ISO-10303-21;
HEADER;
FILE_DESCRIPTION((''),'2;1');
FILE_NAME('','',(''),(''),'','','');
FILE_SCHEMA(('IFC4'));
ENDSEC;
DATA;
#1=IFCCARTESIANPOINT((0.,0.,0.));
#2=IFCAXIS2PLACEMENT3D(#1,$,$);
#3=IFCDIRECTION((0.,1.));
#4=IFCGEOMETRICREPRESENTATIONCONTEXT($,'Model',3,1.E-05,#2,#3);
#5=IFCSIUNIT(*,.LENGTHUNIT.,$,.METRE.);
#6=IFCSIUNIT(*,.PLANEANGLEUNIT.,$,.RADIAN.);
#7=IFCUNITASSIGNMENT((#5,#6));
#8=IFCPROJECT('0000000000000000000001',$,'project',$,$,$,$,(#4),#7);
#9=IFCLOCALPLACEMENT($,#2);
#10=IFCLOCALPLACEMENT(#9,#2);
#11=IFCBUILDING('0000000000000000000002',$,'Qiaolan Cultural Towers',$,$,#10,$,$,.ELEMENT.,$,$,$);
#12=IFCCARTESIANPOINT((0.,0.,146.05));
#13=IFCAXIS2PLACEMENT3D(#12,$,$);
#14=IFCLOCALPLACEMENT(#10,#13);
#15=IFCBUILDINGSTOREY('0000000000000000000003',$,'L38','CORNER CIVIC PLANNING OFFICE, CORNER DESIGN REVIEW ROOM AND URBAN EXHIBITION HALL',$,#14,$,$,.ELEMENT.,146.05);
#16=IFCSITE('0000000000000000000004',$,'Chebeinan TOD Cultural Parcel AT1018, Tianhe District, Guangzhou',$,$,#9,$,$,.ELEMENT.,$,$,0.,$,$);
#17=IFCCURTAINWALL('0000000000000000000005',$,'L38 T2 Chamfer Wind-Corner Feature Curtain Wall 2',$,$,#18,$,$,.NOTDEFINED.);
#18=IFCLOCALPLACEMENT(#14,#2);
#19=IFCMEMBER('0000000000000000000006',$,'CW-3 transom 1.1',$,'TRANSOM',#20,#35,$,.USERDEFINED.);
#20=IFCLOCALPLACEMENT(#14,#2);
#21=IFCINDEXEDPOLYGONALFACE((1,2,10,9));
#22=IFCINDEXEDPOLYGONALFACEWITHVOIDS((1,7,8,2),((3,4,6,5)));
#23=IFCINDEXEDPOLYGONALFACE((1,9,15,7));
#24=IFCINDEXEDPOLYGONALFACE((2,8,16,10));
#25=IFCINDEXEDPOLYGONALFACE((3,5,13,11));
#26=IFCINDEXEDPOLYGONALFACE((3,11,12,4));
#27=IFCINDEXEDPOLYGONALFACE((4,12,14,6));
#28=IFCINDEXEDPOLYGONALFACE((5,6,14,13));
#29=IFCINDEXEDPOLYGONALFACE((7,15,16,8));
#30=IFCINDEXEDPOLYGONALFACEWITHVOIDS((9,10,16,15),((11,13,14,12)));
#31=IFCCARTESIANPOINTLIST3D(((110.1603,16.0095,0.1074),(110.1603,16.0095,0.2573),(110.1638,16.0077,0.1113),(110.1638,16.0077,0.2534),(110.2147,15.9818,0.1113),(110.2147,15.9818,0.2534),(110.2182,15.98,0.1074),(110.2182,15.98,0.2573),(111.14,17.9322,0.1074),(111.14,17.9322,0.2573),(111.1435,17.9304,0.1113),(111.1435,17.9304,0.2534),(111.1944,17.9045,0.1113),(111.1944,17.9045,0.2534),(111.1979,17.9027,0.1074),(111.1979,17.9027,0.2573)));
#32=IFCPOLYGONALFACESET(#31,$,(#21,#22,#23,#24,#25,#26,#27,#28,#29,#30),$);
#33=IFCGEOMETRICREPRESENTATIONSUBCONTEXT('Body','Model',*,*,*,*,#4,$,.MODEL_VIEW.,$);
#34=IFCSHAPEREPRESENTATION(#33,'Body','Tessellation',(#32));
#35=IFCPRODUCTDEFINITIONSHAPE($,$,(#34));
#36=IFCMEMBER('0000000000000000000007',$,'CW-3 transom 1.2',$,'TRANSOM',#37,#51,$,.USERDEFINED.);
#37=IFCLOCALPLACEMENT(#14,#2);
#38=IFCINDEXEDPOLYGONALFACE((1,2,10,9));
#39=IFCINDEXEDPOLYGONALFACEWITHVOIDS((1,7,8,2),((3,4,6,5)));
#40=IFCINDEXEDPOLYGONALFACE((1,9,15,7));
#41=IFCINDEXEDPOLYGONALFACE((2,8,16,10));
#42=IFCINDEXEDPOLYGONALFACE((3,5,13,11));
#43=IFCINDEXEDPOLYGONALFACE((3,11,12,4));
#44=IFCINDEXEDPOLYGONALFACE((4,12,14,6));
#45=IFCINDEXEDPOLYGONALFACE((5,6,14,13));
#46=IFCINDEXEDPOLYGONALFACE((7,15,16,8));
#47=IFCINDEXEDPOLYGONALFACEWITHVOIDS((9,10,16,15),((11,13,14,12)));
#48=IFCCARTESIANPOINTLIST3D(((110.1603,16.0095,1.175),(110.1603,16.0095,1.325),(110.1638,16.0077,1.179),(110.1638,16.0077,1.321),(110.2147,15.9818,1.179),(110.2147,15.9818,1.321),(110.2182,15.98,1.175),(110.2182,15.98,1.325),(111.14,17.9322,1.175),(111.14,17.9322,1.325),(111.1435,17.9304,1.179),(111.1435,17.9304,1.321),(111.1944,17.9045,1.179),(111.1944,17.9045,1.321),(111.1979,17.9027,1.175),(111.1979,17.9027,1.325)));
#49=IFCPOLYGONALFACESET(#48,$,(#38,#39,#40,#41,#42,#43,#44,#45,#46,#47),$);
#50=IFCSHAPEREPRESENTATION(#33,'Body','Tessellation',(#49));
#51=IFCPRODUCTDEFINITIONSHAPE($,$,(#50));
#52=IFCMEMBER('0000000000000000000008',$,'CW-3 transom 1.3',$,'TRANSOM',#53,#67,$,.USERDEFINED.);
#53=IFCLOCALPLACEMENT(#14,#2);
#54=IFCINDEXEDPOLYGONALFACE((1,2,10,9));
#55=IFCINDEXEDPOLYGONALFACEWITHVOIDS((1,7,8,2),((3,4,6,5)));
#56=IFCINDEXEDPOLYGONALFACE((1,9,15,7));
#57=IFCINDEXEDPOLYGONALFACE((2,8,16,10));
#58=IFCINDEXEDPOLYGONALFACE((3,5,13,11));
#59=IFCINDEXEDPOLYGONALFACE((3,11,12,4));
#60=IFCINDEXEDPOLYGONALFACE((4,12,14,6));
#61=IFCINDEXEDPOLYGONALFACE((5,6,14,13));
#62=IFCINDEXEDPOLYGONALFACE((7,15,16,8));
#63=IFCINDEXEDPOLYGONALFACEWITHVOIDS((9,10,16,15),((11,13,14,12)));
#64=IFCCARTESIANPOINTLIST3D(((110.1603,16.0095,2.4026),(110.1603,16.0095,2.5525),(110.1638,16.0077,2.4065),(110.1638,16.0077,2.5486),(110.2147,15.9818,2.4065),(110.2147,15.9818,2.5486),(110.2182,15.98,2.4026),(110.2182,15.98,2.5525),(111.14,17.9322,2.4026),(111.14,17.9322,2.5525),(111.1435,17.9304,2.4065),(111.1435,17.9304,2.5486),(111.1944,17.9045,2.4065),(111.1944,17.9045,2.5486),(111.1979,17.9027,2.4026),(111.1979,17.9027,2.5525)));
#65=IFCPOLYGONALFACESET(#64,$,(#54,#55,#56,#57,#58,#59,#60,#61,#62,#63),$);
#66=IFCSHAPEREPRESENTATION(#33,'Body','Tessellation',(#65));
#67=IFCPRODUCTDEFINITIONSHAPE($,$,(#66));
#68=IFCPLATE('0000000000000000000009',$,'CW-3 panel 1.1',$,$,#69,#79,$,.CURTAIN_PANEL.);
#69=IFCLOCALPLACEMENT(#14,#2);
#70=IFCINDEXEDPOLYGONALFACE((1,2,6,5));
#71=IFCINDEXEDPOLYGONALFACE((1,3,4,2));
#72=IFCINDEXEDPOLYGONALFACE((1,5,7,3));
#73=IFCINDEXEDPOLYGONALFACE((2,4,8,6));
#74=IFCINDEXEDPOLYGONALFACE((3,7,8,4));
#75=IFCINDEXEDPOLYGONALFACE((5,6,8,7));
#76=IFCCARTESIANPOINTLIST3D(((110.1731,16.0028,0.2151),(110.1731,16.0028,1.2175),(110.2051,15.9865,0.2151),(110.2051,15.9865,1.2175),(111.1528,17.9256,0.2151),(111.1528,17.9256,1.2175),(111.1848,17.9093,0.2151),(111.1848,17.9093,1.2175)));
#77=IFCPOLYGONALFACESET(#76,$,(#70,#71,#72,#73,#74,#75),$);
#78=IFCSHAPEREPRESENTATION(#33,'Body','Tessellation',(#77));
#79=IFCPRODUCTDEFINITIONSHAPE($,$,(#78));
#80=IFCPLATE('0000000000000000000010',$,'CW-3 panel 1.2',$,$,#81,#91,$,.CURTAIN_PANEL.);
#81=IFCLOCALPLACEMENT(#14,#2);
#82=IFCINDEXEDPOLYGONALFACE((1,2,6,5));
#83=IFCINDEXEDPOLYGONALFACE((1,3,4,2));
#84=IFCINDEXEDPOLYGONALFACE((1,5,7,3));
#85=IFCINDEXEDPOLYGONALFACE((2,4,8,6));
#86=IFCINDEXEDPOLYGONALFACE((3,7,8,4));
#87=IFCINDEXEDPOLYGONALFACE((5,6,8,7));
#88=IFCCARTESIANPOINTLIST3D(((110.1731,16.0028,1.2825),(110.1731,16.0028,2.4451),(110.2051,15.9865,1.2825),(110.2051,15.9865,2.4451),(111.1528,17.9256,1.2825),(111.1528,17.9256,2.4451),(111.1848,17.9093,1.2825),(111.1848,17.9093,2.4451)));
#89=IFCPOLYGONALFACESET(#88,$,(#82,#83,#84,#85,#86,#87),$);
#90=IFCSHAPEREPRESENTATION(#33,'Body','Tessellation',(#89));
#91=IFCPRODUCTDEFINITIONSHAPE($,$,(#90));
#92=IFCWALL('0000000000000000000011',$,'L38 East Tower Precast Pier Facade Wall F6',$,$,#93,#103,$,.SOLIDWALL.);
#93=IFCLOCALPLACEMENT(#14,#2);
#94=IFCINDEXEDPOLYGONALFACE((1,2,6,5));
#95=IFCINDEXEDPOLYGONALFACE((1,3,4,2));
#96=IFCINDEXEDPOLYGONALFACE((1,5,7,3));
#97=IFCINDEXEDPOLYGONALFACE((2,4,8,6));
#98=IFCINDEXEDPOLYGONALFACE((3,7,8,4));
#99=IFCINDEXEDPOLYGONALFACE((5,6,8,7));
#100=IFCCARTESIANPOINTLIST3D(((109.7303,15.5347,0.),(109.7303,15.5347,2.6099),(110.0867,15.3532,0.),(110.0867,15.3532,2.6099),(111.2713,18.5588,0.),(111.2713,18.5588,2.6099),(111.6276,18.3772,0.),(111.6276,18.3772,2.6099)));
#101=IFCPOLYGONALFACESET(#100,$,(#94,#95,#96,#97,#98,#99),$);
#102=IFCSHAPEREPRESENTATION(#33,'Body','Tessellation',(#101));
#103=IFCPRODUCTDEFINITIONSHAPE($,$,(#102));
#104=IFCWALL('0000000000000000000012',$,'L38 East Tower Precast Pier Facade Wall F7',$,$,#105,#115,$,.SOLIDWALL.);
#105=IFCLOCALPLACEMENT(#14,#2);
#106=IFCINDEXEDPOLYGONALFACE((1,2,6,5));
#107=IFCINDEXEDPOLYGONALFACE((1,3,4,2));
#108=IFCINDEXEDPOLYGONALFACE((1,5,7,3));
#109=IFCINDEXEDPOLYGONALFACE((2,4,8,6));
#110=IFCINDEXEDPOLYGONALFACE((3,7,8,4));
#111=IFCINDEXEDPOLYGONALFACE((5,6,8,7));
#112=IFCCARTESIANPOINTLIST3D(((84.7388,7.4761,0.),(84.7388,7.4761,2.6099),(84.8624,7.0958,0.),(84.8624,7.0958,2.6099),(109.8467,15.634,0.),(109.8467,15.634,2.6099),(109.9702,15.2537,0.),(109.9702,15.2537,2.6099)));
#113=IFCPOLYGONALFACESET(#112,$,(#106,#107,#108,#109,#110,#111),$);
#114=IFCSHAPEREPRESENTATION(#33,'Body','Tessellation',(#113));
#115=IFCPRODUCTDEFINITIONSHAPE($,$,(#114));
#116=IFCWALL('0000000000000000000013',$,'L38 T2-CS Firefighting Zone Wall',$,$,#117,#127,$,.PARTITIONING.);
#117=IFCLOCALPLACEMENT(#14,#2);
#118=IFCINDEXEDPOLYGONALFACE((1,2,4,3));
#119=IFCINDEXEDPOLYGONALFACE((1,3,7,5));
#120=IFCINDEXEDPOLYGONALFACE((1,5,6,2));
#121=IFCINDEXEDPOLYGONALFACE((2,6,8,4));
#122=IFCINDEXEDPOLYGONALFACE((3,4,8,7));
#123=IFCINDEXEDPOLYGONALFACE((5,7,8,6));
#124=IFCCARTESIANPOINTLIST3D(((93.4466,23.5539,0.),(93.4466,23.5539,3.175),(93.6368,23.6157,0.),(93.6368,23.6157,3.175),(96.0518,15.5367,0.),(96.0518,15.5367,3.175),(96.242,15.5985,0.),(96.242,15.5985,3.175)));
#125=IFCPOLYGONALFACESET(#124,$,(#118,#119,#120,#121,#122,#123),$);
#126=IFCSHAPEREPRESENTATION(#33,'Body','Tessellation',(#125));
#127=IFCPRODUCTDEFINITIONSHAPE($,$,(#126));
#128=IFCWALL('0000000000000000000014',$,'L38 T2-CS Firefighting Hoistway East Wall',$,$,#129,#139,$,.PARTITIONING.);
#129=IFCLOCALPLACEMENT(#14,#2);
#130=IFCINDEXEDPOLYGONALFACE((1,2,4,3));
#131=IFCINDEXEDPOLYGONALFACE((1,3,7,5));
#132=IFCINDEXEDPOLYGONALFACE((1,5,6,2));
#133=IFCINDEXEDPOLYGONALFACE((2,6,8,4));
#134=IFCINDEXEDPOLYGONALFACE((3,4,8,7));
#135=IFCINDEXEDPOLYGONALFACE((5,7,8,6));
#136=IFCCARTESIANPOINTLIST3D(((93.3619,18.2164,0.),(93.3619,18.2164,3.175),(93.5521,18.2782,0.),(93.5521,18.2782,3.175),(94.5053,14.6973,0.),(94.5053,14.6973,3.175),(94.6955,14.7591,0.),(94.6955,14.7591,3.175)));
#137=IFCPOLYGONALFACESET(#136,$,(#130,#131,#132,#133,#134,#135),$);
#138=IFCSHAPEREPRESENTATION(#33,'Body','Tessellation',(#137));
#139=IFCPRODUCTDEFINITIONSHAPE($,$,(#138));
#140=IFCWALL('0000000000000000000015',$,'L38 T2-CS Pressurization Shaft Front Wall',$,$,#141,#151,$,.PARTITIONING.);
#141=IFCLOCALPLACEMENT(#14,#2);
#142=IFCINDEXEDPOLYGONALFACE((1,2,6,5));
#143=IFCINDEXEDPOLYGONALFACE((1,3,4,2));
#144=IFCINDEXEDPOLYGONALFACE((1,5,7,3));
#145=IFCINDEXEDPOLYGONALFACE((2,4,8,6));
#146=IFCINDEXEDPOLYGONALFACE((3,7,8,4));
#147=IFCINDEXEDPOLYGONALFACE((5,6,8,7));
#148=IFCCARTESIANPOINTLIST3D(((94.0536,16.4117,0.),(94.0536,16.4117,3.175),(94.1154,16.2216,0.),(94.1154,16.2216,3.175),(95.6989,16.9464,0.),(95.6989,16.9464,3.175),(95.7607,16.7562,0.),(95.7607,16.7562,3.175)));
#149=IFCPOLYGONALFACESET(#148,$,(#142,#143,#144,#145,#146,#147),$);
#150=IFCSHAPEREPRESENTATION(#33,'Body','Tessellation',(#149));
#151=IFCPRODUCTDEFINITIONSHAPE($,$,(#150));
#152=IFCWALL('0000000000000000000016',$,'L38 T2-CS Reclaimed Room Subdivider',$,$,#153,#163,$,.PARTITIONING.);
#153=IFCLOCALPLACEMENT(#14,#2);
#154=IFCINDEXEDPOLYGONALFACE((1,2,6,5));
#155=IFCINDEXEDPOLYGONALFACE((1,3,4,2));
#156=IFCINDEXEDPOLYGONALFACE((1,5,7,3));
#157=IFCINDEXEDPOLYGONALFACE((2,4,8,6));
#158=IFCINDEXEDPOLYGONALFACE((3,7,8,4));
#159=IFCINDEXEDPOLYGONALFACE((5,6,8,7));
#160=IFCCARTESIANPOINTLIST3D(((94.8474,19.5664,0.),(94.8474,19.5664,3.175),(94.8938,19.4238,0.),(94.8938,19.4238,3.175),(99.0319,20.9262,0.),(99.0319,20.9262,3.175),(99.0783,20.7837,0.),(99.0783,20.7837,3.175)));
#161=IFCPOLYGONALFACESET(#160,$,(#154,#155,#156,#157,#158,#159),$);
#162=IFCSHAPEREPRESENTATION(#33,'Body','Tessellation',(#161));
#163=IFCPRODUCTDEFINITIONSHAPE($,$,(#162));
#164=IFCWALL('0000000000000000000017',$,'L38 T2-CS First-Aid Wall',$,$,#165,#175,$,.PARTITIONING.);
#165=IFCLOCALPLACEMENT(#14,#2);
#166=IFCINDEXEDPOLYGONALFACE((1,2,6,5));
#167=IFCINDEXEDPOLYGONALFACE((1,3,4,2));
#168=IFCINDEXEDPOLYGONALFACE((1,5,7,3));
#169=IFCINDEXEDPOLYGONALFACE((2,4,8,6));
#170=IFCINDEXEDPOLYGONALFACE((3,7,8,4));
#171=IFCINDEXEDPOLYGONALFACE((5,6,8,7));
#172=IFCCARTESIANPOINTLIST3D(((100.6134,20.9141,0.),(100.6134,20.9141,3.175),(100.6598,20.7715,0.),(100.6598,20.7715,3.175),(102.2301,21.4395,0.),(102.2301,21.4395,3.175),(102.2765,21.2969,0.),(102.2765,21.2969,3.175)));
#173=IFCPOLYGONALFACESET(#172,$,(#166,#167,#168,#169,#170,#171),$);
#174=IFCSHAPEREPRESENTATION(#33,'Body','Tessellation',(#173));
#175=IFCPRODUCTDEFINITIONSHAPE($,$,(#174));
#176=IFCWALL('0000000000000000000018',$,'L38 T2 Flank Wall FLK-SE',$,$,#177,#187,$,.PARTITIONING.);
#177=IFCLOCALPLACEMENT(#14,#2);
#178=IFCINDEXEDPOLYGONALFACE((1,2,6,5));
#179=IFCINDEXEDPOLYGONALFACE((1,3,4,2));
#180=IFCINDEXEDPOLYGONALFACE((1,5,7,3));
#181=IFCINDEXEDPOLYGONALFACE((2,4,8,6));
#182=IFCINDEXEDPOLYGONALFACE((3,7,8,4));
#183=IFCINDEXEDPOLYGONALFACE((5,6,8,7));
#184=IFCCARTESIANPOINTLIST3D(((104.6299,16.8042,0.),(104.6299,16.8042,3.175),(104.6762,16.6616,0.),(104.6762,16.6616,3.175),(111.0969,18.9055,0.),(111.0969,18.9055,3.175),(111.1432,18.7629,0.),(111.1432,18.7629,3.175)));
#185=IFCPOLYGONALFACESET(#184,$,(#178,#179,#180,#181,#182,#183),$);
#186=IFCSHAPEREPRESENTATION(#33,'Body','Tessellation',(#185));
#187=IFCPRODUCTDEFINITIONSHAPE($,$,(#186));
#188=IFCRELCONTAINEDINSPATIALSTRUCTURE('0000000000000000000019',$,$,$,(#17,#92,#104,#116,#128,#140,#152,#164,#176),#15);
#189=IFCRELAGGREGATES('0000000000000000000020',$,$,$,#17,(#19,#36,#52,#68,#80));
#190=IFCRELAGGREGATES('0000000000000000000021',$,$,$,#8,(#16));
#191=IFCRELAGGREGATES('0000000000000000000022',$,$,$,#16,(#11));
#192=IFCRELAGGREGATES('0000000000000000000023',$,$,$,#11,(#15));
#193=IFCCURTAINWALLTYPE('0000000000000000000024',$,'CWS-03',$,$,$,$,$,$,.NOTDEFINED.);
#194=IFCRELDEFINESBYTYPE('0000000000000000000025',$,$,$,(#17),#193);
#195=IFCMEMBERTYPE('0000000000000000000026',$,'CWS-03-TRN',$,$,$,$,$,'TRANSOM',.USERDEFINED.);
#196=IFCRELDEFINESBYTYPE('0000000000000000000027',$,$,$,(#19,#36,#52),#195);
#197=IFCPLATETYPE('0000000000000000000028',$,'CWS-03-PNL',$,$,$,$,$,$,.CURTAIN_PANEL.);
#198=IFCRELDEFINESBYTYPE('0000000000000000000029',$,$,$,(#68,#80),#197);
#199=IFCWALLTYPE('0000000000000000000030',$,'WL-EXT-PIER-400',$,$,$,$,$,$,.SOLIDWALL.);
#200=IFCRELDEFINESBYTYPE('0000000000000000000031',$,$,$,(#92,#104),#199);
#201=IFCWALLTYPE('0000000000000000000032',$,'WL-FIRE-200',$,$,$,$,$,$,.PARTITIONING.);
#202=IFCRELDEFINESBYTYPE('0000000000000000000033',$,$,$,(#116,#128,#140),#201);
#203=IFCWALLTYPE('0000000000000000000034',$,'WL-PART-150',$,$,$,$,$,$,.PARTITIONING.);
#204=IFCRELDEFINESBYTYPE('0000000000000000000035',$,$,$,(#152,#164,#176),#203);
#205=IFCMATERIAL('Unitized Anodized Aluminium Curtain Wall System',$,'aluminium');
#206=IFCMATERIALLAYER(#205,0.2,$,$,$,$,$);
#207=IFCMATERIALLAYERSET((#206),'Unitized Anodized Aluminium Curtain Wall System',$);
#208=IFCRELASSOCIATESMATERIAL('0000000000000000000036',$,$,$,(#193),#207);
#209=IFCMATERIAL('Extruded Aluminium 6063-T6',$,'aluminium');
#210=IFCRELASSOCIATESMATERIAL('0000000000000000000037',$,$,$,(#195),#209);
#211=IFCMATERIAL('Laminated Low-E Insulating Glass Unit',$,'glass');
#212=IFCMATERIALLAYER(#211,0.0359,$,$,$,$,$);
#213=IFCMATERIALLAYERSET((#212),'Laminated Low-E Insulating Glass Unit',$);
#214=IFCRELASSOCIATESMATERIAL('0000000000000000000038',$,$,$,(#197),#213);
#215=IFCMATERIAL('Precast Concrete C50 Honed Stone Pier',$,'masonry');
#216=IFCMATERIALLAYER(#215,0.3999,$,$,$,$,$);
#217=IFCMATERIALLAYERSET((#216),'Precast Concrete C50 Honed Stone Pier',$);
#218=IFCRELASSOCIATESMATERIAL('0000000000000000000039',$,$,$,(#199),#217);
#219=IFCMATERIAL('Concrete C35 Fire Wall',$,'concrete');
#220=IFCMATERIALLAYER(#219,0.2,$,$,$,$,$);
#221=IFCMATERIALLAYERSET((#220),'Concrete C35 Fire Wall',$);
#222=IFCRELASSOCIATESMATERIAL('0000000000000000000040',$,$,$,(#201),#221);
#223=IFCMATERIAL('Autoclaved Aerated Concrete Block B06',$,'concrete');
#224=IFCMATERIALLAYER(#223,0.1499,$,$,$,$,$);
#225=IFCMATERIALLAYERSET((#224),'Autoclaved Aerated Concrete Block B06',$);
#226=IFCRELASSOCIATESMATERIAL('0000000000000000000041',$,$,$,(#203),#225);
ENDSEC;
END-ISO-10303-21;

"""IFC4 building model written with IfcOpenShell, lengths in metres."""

from ifc_helpers import new_model, si_unit, direction, frame, frame_2d, origin, origin_2d, place, context, subcontext, project, spatial, rectangle, hollow_rectangle, extrude, material, layer, layer_set, material_profile, profile_set, type_object, element, aggregate, save


model = new_model("IFC4")

# Units and contexts
model_context = context("Model", 3, precision=1e-05, world=origin(), true_north=direction((0.0, 1.0)))
body_context = subcontext(model_context, "Body", "Model", "MODEL_VIEW")
ifc_project = project(units=[si_unit("LENGTHUNIT", "METRE"), si_unit("PLANEANGLEUNIT", "RADIAN")], contexts=[model_context])

# Site, building, storey
site_placement = place(None, origin())
site = spatial("IfcSite", under=ifc_project, at=site_placement, Name="Chebeinan TOD Cultural Parcel AT1018, Tianhe District, Guangzhou", CompositionType="ELEMENT", RefElevation=0.0)
building_placement = place(site_placement, origin())
building = spatial("IfcBuilding", under=site, at=building_placement, Name="Qiaolan Cultural Towers", CompositionType="ELEMENT")
storey_placement = place(building_placement, frame((0.0, 0.0, 146.05)))
storey = spatial("IfcBuildingStorey", under=building, at=storey_placement, Name="L38", Description="CORNER CIVIC PLANNING OFFICE, CORNER DESIGN REVIEW ROOM AND URBAN EXHIBITION HALL", CompositionType="ELEMENT", Elevation=146.05)

# Curtain wall, members, plates
ifc_material_1 = material(Name="Unitized Anodized Aluminium Curtain Wall System", Category="aluminium")
ifc_layer_1 = layer(ifc_material_1, 0.2)
ifc_layer_set_1 = layer_set([ifc_layer_1], Name="Unitized Anodized Aluminium Curtain Wall System")
curtain_wall_type = type_object("IfcCurtainWallType", Name="CWS-03", PredefinedType="NOTDEFINED", material=ifc_layer_set_1)
curtain_wall_placement = place(storey_placement, origin())
curtain_wall = element("IfcCurtainWall", 1, at=curtain_wall_placement, inside=storey, type_object=curtain_wall_type, Name="L38 T2 Chamfer Wind-Corner Feature Curtain Wall 2", PredefinedType="NOTDEFINED")
ifc_material_2 = material(Name="Extruded Aluminium 6063-T6", Category="aluminium")
ifc_material_profile_1 = material_profile(ifc_material_2, hollow_rectangle(XDim=0.0649, YDim=0.1499, WallThickness=0.0039, at=origin_2d()), Name="CWT-150x65x4")
ifc_profile_set_1 = profile_set([ifc_material_profile_1], Name="Extruded Aluminium 6063-T6")
member_type_1 = type_object("IfcMemberType", Name="CWS-03-TRN", ElementType="TRANSOM", PredefinedType="USERDEFINED", material=ifc_profile_set_1)
member_1_placement = place(storey_placement, frame((111.1689, 17.9175, 0.1824), z_axis=(-0.453988, -0.891008, 0.0), x_axis=(0.891008, -0.453988, 0.0)))
member_1 = element("IfcMember", 2, at=member_1_placement, type_object=member_type_1, Name="CW-3 transom 1.1", ObjectType="TRANSOM", PredefinedType="USERDEFINED", context=body_context, shape_type="SweptSolid", body=[
    extrude(hollow_rectangle(XDim=0.0649, YDim=0.1499, WallThickness=0.0039, at=origin_2d()), origin(), (0.0, 0.0, 1.0), 2.158),
])
member_2_placement = place(storey_placement, frame((111.1689, 17.9175, 1.25), z_axis=(-0.453988, -0.891008, 0.0), x_axis=(0.891008, -0.453988, 0.0)))
member_2 = element("IfcMember", 3, at=member_2_placement, type_object=member_type_1, Name="CW-3 transom 1.2", ObjectType="TRANSOM", PredefinedType="USERDEFINED", context=body_context, shape_type="SweptSolid", body=[
    extrude(hollow_rectangle(XDim=0.0649, YDim=0.1499, WallThickness=0.0039, at=origin_2d()), origin(), (0.0, 0.0, 1.0), 2.158),
])
member_3_placement = place(storey_placement, frame((111.1689, 17.9175, 2.4775), z_axis=(-0.453988, -0.891008, 0.0), x_axis=(0.891008, -0.453988, 0.0)))
member_3 = element("IfcMember", 4, at=member_3_placement, type_object=member_type_1, Name="CW-3 transom 1.3", ObjectType="TRANSOM", PredefinedType="USERDEFINED", context=body_context, shape_type="SweptSolid", body=[
    extrude(hollow_rectangle(XDim=0.0649, YDim=0.1499, WallThickness=0.0039, at=origin_2d()), origin(), (0.0, 0.0, 1.0), 2.158),
])
ifc_material_3 = material(Name="Laminated Low-E Insulating Glass Unit", Category="glass")
ifc_layer_2 = layer(ifc_material_3, 0.0359)
ifc_layer_set_2 = layer_set([ifc_layer_2], Name="Laminated Low-E Insulating Glass Unit")
plate_type = type_object("IfcPlateType", Name="CWS-03-PNL", PredefinedType="CURTAIN_PANEL", material=ifc_layer_set_2)
plate_1_placement = place(storey_placement, frame((110.679, 16.9561, 0.2151), z_axis=(0.0, 0.0, 1.0), x_axis=(-0.45399, -0.891007, 0.0)))
plate_1 = element("IfcPlate", 5, at=plate_1_placement, type_object=plate_type, Name="CW-3 panel 1.1", PredefinedType="CURTAIN_PANEL", context=body_context, shape_type="SweptSolid", body=[
    extrude(rectangle(XDim=2.158, YDim=0.0359, at=origin_2d()), origin(), (0.0, 0.0, 1.0), 1.0024),
])
plate_2_placement = place(storey_placement, frame((110.679, 16.9561, 1.2825), z_axis=(0.0, 0.0, 1.0), x_axis=(-0.45399, -0.891007, 0.0)))
plate_2 = element("IfcPlate", 6, at=plate_2_placement, type_object=plate_type, Name="CW-3 panel 1.2", PredefinedType="CURTAIN_PANEL", context=body_context, shape_type="SweptSolid", body=[
    extrude(rectangle(XDim=2.158, YDim=0.0359, at=origin_2d()), origin(), (0.0, 0.0, 1.0), 1.1626),
])
aggregate(curtain_wall, [member_1, member_2, member_3, plate_1, plate_2])

# Walls
ifc_material_4 = material(Name="Precast Concrete C50 Honed Stone Pier", Category="masonry")
ifc_layer_3 = layer(ifc_material_4, 0.3999)
ifc_layer_set_3 = layer_set([ifc_layer_3], Name="Precast Concrete C50 Honed Stone Pier")
wall_type_1 = type_object("IfcWallType", Name="WL-EXT-PIER-400", PredefinedType="SOLIDWALL", material=ifc_layer_set_3)
wall_1_placement = place(storey_placement, frame((111.4495, 18.468, 0.0), z_axis=(0.0, 0.0, 1.0), x_axis=(-0.45402, -0.890992, 0.0)))
element("IfcWall", 7, at=wall_1_placement, inside=storey, type_object=wall_type_1, Name="L38 East Tower Precast Pier Facade Wall F6", PredefinedType="SOLIDWALL", context=body_context, shape_type="SweptSolid", body=[
    extrude(rectangle(XDim=3.394, YDim=0.3999, at=frame_2d((1.697, 0.0))), origin(), (0.0, 0.0, 1.0), 2.6099),
])
wall_2_placement = place(storey_placement, frame((109.9084, 15.4438, 0.0), z_axis=(0.0, 0.0, 1.0), x_axis=(-0.951058, -0.309014, 0.0)))
element("IfcWall", 8, at=wall_2_placement, inside=storey, type_object=wall_type_1, Name="L38 East Tower Precast Pier Facade Wall F7", PredefinedType="SOLIDWALL", context=body_context, shape_type="SweptSolid", body=[
    extrude(rectangle(XDim=26.3999, YDim=0.3999, at=frame_2d((13.2, 0.0))), origin(), (0.0, 0.0, 1.0), 2.6099),
])
ifc_material_5 = material(Name="Concrete C35 Fire Wall", Category="concrete")
ifc_layer_4 = layer(ifc_material_5, 0.2)
ifc_layer_set_4 = layer_set([ifc_layer_4], Name="Concrete C35 Fire Wall")
wall_type_2 = type_object("IfcWallType", Name="WL-FIRE-200", PredefinedType="PARTITIONING", material=ifc_layer_set_4)
wall_3_placement = place(storey_placement, frame((93.5417, 23.5847, 0.0), z_axis=(0.0, 0.0, 1.0), x_axis=(0.309042, -0.951048, 0.0)))
element("IfcWall", 9, at=wall_3_placement, inside=storey, type_object=wall_type_2, Name="L38 T2-CS Firefighting Zone Wall", PredefinedType="PARTITIONING", context=body_context, shape_type="SweptSolid", body=[
    extrude(rectangle(XDim=8.4299, YDim=0.2, at=frame_2d((4.2148, 0.0))), origin(), (0.0, 0.0, 1.0), 3.175),
])
wall_4_placement = place(storey_placement, frame((93.457, 18.2473, 0.0), z_axis=(0.0, 0.0, 1.0), x_axis=(0.308994, -0.951064, 0.0)))
element("IfcWall", 10, at=wall_4_placement, inside=storey, type_object=wall_type_2, Name="L38 T2-CS Firefighting Hoistway East Wall", PredefinedType="PARTITIONING", context=body_context, shape_type="SweptSolid", body=[
    extrude(rectangle(XDim=3.7002, YDim=0.2, at=frame_2d((1.8501, 0.0))), origin(), (0.0, 0.0, 1.0), 3.175),
])
wall_5_placement = place(storey_placement, frame((94.0845, 16.3167, 0.0), z_axis=(0.0, 0.0, 1.0), x_axis=(0.951041, 0.309064, 0.0)))
element("IfcWall", 11, at=wall_5_placement, inside=storey, type_object=wall_type_2, Name="L38 T2-CS Pressurization Shaft Front Wall", PredefinedType="PARTITIONING", context=body_context, shape_type="SweptSolid", body=[
    extrude(rectangle(XDim=1.73, YDim=0.2, at=frame_2d((0.865, 0.0))), origin(), (0.0, 0.0, 1.0), 3.175),
])
ifc_material_6 = material(Name="Autoclaved Aerated Concrete Block B06", Category="concrete")
ifc_layer_5 = layer(ifc_material_6, 0.1499)
ifc_layer_set_5 = layer_set([ifc_layer_5], Name="Autoclaved Aerated Concrete Block B06")
wall_type_3 = type_object("IfcWallType", Name="WL-PART-150", PredefinedType="PARTITIONING", material=ifc_layer_set_5)
wall_6_placement = place(storey_placement, frame((94.8706, 19.4951, 0.0), z_axis=(0.0, 0.0, 1.0), x_axis=(0.951042, 0.309061, 0.0)))
element("IfcWall", 12, at=wall_6_placement, inside=storey, type_object=wall_type_3, Name="L38 T2-CS Reclaimed Room Subdivider", PredefinedType="PARTITIONING", context=body_context, shape_type="SweptSolid", body=[
    extrude(rectangle(XDim=4.3999, YDim=0.1499, at=frame_2d((2.2, 0.0))), origin(), (0.0, 0.0, 1.0), 3.175),
])
wall_7_placement = place(storey_placement, frame((100.6365, 20.8428, 0.0), z_axis=(0.0, 0.0, 1.0), x_axis=(0.95104, 0.309067, 0.0)))
element("IfcWall", 13, at=wall_7_placement, inside=storey, type_object=wall_type_3, Name="L38 T2-CS First-Aid Wall", PredefinedType="PARTITIONING", context=body_context, shape_type="SweptSolid", body=[
    extrude(rectangle(XDim=1.7, YDim=0.1499, at=frame_2d((0.8501, 0.0))), origin(), (0.0, 0.0, 1.0), 3.175),
])
wall_8_placement = place(storey_placement, frame((104.6531, 16.7329, 0.0), z_axis=(0.0, 0.0, 1.0), x_axis=(0.951054, 0.309024, 0.0)))
element("IfcWall", 14, at=wall_8_placement, inside=storey, type_object=wall_type_3, Name="L38 T2 Flank Wall FLK-SE", PredefinedType="PARTITIONING", context=body_context, shape_type="SweptSolid", body=[
    extrude(rectangle(XDim=6.7998, YDim=0.1499, at=frame_2d((3.3999, 0.0))), origin(), (0.0, 0.0, 1.0), 3.175),
])

save(model, "model.ifc")
